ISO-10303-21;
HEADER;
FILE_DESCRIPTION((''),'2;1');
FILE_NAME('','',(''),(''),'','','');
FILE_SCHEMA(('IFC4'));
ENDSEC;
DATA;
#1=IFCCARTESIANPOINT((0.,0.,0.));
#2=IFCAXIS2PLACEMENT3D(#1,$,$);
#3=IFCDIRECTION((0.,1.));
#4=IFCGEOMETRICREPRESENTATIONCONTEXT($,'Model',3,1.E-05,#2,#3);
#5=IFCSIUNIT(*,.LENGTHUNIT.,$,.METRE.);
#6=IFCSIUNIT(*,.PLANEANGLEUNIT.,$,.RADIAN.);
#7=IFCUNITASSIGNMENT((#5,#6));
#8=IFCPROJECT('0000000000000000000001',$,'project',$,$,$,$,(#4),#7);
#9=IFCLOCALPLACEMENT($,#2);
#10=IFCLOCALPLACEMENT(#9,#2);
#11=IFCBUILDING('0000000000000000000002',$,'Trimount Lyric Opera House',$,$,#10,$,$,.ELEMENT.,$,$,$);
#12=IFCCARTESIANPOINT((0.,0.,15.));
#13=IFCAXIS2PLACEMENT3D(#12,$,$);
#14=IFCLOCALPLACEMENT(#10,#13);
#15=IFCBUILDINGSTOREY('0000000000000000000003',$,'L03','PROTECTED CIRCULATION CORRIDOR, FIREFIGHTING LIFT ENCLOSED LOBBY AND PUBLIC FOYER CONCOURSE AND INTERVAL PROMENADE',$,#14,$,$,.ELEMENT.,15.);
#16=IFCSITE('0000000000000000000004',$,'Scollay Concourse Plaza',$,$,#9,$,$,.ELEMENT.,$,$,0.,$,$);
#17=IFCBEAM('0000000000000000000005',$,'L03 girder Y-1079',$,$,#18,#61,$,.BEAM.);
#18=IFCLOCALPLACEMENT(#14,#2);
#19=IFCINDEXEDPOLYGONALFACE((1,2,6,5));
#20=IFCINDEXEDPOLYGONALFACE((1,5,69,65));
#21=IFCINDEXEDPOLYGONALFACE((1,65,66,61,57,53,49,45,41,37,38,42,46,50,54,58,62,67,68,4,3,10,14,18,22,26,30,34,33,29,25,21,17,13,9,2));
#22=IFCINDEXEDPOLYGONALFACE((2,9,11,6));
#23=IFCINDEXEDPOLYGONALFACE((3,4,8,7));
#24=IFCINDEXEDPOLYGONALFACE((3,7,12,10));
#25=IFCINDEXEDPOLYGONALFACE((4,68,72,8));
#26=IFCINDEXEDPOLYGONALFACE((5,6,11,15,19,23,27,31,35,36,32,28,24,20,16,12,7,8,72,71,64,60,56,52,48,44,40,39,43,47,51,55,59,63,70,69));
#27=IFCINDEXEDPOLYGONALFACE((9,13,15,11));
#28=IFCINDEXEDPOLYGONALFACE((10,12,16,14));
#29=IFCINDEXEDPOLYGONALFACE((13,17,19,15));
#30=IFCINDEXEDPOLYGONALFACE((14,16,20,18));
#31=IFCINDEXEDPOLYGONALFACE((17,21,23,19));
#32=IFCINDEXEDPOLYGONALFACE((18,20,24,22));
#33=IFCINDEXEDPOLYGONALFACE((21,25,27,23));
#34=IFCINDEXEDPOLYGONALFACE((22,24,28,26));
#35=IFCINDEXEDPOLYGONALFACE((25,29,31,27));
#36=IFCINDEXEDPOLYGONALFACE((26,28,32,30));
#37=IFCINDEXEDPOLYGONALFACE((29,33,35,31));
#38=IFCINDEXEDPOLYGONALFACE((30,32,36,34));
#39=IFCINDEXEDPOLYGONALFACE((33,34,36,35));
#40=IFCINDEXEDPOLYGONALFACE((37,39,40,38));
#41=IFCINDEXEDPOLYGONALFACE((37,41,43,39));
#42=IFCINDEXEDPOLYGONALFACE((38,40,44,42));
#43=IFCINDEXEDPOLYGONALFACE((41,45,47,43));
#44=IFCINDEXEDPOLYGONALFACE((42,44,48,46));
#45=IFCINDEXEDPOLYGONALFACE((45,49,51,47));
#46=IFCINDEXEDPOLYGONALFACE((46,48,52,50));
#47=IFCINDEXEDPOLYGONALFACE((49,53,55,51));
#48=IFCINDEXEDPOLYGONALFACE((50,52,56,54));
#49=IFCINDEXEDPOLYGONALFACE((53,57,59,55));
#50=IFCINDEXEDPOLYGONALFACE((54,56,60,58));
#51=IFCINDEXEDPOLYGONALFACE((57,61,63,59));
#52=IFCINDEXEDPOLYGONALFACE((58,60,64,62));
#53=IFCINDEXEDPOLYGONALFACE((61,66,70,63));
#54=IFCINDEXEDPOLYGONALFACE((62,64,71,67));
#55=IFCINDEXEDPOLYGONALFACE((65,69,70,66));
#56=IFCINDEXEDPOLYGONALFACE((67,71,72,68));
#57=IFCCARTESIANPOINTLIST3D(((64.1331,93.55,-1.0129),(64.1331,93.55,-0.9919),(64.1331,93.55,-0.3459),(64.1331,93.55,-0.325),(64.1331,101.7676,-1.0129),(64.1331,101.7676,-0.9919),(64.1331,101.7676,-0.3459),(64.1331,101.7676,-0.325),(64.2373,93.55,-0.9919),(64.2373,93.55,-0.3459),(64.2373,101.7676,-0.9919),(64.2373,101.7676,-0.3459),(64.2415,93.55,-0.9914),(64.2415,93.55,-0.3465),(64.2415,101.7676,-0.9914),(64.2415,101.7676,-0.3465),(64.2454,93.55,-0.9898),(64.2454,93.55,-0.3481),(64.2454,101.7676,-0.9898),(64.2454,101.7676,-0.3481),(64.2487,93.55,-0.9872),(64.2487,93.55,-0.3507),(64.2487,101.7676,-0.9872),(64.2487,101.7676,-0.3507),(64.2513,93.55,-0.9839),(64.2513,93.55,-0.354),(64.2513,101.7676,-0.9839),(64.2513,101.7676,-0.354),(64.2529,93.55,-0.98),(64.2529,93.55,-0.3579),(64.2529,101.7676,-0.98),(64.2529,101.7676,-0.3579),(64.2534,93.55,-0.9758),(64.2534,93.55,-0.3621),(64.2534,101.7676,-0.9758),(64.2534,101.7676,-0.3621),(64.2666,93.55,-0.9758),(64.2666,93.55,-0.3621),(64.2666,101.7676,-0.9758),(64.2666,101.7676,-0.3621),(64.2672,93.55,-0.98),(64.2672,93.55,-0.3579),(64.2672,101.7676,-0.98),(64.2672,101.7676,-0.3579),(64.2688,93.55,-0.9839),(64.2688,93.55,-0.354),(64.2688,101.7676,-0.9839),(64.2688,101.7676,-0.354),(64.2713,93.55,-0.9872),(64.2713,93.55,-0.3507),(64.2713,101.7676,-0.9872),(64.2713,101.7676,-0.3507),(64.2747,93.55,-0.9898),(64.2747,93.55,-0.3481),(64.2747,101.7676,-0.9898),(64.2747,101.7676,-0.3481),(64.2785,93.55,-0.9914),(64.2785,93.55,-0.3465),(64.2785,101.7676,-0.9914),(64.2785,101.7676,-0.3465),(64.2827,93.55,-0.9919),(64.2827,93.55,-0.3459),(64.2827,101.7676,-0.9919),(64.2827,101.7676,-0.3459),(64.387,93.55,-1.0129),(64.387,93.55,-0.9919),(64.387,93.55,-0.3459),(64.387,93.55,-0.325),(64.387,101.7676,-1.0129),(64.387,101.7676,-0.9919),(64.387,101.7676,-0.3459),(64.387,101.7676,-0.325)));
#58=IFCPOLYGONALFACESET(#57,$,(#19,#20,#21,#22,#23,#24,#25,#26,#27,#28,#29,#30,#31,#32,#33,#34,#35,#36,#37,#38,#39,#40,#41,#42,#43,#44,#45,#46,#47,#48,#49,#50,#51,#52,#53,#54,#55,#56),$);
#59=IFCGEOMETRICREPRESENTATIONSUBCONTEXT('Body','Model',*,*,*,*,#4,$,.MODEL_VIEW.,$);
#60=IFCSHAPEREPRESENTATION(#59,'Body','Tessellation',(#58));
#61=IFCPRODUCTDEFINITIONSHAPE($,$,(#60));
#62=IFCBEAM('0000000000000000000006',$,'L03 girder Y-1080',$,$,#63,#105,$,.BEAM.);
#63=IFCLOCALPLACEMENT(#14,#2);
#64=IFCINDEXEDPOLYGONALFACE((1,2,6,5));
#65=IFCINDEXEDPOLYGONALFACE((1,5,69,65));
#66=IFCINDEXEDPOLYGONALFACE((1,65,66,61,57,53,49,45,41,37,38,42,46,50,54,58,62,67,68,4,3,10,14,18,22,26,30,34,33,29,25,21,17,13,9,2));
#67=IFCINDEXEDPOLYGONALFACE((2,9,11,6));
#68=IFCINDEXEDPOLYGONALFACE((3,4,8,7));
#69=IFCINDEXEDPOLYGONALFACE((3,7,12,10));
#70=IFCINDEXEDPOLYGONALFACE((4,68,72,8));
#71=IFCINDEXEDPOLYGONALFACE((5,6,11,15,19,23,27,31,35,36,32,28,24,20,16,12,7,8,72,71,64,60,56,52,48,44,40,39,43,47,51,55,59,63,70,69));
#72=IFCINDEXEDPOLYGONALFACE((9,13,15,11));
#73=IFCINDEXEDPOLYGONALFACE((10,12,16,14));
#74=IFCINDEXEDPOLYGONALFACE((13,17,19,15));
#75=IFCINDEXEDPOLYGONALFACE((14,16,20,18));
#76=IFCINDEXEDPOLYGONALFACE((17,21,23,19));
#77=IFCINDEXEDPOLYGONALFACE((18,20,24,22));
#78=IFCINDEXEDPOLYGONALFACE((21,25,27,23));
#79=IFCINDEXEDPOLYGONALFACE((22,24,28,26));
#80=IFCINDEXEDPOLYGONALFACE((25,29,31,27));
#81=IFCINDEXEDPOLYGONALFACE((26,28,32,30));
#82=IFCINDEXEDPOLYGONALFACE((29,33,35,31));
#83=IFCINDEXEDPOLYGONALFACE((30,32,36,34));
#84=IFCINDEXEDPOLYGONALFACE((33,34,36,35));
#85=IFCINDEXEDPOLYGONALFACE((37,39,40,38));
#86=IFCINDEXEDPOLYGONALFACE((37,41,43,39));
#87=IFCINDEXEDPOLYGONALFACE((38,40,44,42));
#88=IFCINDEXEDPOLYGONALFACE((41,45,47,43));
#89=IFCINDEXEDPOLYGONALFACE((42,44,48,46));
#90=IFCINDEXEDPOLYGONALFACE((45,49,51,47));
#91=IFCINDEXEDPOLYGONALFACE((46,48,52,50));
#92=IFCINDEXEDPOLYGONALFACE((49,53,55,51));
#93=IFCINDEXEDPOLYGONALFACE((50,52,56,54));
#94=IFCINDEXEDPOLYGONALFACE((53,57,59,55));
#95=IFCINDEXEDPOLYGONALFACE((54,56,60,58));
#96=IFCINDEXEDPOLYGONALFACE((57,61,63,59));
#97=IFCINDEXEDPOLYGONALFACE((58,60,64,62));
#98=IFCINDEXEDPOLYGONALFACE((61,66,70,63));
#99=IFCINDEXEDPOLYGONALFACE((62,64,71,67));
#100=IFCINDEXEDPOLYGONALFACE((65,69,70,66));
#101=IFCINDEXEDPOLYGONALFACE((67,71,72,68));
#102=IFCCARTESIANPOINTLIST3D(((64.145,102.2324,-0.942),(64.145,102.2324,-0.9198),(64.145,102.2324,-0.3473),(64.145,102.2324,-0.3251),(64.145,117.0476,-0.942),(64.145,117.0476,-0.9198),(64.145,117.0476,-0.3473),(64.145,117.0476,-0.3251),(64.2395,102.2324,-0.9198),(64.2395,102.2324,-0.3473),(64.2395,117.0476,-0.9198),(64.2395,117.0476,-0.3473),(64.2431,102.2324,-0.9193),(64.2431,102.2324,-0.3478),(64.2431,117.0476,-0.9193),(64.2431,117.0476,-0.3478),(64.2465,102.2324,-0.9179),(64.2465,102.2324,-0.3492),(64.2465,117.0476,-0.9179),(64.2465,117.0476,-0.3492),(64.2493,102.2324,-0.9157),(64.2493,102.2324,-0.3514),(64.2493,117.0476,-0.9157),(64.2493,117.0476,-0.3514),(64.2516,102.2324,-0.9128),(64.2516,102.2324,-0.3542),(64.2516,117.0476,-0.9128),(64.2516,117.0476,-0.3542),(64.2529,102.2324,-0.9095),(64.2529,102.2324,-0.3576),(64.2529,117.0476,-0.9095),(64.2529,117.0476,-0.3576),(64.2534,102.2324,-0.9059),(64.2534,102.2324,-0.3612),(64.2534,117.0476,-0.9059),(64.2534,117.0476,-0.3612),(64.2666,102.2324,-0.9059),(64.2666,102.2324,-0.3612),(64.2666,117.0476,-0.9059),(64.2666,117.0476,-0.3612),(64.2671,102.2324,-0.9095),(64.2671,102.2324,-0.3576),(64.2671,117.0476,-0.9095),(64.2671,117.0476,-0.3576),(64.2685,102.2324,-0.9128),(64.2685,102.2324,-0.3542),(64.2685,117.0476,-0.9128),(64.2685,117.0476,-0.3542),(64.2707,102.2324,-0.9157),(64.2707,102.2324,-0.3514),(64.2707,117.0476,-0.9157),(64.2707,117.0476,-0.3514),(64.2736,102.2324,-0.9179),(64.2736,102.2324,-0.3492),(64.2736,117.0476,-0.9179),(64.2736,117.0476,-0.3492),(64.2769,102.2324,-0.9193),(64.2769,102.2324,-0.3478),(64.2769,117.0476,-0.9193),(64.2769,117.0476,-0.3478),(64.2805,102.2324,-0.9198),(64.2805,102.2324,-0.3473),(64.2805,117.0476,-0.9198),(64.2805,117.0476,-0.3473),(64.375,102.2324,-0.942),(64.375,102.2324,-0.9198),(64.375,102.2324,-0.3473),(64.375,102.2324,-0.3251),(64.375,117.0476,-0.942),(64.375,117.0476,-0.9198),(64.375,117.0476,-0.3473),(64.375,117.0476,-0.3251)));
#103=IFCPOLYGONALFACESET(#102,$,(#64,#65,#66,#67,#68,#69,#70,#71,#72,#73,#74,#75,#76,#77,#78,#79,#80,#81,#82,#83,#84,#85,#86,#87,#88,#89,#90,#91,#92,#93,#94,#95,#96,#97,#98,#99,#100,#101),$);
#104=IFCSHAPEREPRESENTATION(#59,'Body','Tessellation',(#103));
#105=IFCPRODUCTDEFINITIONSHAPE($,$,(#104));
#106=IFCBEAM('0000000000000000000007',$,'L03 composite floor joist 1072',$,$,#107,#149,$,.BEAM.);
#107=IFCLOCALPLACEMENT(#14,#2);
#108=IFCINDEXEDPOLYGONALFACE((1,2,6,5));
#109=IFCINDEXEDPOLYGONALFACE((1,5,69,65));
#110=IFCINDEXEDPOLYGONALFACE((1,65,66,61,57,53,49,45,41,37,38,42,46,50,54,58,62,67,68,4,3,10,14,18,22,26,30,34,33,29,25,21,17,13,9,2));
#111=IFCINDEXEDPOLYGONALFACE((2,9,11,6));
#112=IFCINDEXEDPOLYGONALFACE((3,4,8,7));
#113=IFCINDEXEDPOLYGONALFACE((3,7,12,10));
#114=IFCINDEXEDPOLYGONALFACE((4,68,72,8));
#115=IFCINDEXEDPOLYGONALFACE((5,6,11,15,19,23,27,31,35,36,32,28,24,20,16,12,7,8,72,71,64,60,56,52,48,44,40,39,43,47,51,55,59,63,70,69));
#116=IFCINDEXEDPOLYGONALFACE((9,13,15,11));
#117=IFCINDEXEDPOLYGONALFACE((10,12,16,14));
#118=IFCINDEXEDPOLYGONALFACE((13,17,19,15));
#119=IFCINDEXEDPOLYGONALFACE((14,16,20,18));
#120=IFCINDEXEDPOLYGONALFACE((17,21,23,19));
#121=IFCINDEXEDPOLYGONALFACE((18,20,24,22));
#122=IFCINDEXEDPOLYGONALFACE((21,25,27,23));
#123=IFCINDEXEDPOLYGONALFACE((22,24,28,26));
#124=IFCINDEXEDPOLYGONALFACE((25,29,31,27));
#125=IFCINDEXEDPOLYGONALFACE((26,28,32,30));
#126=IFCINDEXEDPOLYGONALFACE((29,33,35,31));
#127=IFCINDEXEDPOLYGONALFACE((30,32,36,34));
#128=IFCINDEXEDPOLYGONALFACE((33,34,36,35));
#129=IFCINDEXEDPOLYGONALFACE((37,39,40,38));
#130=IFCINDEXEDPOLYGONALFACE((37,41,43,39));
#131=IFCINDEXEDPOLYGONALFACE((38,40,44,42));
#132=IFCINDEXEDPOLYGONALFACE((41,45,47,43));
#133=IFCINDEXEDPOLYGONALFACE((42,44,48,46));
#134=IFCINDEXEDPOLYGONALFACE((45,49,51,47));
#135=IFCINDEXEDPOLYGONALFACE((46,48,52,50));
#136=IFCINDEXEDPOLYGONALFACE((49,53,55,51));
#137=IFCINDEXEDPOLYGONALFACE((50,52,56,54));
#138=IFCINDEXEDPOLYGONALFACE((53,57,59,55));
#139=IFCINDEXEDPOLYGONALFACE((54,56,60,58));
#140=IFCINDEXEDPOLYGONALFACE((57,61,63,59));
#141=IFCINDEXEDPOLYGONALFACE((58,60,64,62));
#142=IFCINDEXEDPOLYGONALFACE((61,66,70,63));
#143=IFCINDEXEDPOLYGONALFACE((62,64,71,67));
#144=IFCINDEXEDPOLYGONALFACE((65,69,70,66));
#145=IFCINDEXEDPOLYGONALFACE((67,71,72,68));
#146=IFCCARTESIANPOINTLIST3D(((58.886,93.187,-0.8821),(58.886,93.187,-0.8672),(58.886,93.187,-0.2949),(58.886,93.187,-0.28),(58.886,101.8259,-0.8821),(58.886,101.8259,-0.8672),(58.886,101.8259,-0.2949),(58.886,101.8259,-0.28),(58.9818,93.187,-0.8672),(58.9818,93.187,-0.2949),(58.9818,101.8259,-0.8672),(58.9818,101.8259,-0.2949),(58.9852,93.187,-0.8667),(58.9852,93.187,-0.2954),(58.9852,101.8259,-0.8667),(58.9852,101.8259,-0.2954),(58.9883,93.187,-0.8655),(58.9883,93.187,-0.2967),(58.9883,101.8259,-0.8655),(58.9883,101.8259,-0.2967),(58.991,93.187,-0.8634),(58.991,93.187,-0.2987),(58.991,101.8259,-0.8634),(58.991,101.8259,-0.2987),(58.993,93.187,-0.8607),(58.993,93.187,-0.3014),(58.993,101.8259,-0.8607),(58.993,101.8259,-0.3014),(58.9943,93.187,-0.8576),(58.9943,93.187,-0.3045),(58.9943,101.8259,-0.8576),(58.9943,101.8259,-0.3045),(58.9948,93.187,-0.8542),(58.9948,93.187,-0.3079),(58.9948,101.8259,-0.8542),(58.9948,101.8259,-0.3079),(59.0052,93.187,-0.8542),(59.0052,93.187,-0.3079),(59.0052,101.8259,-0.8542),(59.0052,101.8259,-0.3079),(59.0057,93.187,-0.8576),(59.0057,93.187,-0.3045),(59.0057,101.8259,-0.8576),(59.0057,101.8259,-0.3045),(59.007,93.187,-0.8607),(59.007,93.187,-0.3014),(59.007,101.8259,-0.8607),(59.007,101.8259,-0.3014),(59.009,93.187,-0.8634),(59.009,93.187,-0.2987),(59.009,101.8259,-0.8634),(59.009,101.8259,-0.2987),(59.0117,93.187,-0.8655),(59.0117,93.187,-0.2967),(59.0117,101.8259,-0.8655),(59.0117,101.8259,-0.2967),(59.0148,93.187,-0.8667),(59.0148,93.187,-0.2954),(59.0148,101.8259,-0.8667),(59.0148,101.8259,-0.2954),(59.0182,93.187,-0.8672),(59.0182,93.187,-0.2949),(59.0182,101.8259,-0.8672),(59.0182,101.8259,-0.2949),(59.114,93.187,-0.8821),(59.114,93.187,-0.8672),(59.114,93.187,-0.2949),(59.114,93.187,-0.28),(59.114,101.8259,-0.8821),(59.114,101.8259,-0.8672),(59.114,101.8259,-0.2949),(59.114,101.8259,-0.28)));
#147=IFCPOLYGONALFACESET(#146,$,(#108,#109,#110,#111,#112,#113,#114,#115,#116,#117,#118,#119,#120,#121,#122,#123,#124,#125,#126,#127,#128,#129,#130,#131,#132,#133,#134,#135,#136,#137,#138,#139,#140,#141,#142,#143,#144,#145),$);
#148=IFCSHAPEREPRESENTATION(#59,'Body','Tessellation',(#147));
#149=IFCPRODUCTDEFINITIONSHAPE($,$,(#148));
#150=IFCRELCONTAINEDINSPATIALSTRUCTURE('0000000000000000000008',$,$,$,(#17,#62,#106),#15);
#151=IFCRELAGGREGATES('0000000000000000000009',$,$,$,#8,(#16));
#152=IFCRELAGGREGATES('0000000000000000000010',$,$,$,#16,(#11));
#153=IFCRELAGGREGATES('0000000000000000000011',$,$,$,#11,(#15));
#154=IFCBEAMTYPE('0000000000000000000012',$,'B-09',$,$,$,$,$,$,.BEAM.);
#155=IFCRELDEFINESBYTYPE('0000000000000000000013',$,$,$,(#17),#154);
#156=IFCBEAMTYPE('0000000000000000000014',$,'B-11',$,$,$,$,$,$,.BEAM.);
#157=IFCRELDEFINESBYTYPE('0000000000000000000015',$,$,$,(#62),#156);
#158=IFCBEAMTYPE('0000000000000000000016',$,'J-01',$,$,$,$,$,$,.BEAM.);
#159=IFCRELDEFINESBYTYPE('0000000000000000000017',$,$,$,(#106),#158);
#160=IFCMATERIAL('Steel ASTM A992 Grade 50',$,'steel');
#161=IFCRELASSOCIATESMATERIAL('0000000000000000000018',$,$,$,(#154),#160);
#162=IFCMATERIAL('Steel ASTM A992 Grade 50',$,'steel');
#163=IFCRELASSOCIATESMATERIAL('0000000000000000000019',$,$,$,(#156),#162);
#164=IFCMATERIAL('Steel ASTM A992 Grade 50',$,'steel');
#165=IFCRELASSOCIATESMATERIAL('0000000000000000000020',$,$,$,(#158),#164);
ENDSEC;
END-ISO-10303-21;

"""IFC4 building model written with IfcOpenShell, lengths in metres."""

from ifc_helpers import new_model, si_unit, direction, frame, origin, origin_2d, place, context, subcontext, project, spatial, i_section, extrude, material, material_profile, profile_set, type_object, element, save


model = new_model("IFC4")

# Units and contexts
model_context = context("Model", 3, precision=1e-05, world=origin(), true_north=direction((0.0, 1.0)))
body_context = subcontext(model_context, "Body", "Model", "MODEL_VIEW")
ifc_project = project(units=[si_unit("LENGTHUNIT", "METRE"), si_unit("PLANEANGLEUNIT", "RADIAN")], contexts=[model_context])

# Site, building, storey
site_placement = place(None, origin())
site = spatial("IfcSite", under=ifc_project, at=site_placement, Name="Scollay Concourse Plaza", CompositionType="ELEMENT", RefElevation=0.0)
building_placement = place(site_placement, origin())
building = spatial("IfcBuilding", under=site, at=building_placement, Name="Trimount Lyric Opera House", CompositionType="ELEMENT")
storey_placement = place(building_placement, frame((0.0, 0.0, 15.0)))
storey = spatial("IfcBuildingStorey", under=building, at=storey_placement, Name="L03", Description="PROTECTED CIRCULATION CORRIDOR, FIREFIGHTING LIFT ENCLOSED LOBBY AND PUBLIC FOYER CONCOURSE AND INTERVAL PROMENADE", CompositionType="ELEMENT", Elevation=15.0)

# Beams
ifc_material_1 = material(Name="Steel ASTM A992 Grade 50", Category="steel")
ifc_material_profile_1 = material_profile(ifc_material_1, i_section(OverallWidth=0.2539, OverallDepth=0.688, WebThickness=0.0132, FlangeThickness=0.021, FilletRadius=0.0161, at=origin_2d()), Name="W27X102")
ifc_profile_set_1 = profile_set([ifc_material_profile_1], Name="Steel ASTM A992 Grade 50")
beam_type_1 = type_object("IfcBeamType", Name="B-09", PredefinedType="BEAM", material=ifc_profile_set_1)
beam_1_placement = place(storey_placement, frame((64.26, 93.55, -0.6689), z_axis=(0.0, 1.0, 0.0), x_axis=(-1.0, 0.0, 0.0)))
element("IfcBeam", 1, at=beam_1_placement, inside=storey, type_object=beam_type_1, Name="L03 girder Y-1079", PredefinedType="BEAM", context=body_context, shape_type="SweptSolid", body=[
    extrude(i_section(OverallWidth=0.2539, OverallDepth=0.688, WebThickness=0.0132, FlangeThickness=0.021, FilletRadius=0.0161, at=origin_2d()), origin(), (0.0, 0.0, 1.0), 8.2175),
])
ifc_material_2 = material(Name="Steel ASTM A992 Grade 50", Category="steel")
ifc_material_profile_2 = material_profile(ifc_material_2, i_section(OverallWidth=0.23, OverallDepth=0.6169, WebThickness=0.0132, FlangeThickness=0.0222, FilletRadius=0.0139, at=origin_2d()), Name="W24X94")
ifc_profile_set_2 = profile_set([ifc_material_profile_2], Name="Steel ASTM A992 Grade 50")
beam_type_2 = type_object("IfcBeamType", Name="B-11", PredefinedType="BEAM", material=ifc_profile_set_2)
beam_2_placement = place(storey_placement, frame((64.26, 102.2324, -0.6335), z_axis=(0.0, 1.0, 0.0), x_axis=(-1.0, 0.0, 0.0)))
element("IfcBeam", 2, at=beam_2_placement, inside=storey, type_object=beam_type_2, Name="L03 girder Y-1080", PredefinedType="BEAM", context=body_context, shape_type="SweptSolid", body=[
    extrude(i_section(OverallWidth=0.23, OverallDepth=0.6169, WebThickness=0.0132, FlangeThickness=0.0222, FilletRadius=0.0139, at=origin_2d()), origin(), (0.0, 0.0, 1.0), 14.8152),
])
ifc_material_3 = material(Name="Steel ASTM A992 Grade 50", Category="steel")
ifc_material_profile_3 = material_profile(ifc_material_3, i_section(OverallWidth=0.228, OverallDepth=0.6021, WebThickness=0.0105, FlangeThickness=0.0149, FilletRadius=0.0129, at=origin_2d()), Name="W24X68")
ifc_profile_set_3 = profile_set([ifc_material_profile_3], Name="Steel ASTM A992 Grade 50")
beam_type_3 = type_object("IfcBeamType", Name="J-01", PredefinedType="BEAM", material=ifc_profile_set_3)
beam_3_placement = place(storey_placement, frame((59.0, 93.187, -0.5811), z_axis=(0.0, 1.0, 0.0), x_axis=(-1.0, 0.0, 0.0)))
element("IfcBeam", 3, at=beam_3_placement, inside=storey, type_object=beam_type_3, Name="L03 composite floor joist 1072", PredefinedType="BEAM", context=body_context, shape_type="SweptSolid", body=[
    extrude(i_section(OverallWidth=0.228, OverallDepth=0.6021, WebThickness=0.0105, FlangeThickness=0.0149, FilletRadius=0.0129, at=origin_2d()), origin(), (0.0, 0.0, 1.0), 8.6389),
])

save(model, "model.ifc")
